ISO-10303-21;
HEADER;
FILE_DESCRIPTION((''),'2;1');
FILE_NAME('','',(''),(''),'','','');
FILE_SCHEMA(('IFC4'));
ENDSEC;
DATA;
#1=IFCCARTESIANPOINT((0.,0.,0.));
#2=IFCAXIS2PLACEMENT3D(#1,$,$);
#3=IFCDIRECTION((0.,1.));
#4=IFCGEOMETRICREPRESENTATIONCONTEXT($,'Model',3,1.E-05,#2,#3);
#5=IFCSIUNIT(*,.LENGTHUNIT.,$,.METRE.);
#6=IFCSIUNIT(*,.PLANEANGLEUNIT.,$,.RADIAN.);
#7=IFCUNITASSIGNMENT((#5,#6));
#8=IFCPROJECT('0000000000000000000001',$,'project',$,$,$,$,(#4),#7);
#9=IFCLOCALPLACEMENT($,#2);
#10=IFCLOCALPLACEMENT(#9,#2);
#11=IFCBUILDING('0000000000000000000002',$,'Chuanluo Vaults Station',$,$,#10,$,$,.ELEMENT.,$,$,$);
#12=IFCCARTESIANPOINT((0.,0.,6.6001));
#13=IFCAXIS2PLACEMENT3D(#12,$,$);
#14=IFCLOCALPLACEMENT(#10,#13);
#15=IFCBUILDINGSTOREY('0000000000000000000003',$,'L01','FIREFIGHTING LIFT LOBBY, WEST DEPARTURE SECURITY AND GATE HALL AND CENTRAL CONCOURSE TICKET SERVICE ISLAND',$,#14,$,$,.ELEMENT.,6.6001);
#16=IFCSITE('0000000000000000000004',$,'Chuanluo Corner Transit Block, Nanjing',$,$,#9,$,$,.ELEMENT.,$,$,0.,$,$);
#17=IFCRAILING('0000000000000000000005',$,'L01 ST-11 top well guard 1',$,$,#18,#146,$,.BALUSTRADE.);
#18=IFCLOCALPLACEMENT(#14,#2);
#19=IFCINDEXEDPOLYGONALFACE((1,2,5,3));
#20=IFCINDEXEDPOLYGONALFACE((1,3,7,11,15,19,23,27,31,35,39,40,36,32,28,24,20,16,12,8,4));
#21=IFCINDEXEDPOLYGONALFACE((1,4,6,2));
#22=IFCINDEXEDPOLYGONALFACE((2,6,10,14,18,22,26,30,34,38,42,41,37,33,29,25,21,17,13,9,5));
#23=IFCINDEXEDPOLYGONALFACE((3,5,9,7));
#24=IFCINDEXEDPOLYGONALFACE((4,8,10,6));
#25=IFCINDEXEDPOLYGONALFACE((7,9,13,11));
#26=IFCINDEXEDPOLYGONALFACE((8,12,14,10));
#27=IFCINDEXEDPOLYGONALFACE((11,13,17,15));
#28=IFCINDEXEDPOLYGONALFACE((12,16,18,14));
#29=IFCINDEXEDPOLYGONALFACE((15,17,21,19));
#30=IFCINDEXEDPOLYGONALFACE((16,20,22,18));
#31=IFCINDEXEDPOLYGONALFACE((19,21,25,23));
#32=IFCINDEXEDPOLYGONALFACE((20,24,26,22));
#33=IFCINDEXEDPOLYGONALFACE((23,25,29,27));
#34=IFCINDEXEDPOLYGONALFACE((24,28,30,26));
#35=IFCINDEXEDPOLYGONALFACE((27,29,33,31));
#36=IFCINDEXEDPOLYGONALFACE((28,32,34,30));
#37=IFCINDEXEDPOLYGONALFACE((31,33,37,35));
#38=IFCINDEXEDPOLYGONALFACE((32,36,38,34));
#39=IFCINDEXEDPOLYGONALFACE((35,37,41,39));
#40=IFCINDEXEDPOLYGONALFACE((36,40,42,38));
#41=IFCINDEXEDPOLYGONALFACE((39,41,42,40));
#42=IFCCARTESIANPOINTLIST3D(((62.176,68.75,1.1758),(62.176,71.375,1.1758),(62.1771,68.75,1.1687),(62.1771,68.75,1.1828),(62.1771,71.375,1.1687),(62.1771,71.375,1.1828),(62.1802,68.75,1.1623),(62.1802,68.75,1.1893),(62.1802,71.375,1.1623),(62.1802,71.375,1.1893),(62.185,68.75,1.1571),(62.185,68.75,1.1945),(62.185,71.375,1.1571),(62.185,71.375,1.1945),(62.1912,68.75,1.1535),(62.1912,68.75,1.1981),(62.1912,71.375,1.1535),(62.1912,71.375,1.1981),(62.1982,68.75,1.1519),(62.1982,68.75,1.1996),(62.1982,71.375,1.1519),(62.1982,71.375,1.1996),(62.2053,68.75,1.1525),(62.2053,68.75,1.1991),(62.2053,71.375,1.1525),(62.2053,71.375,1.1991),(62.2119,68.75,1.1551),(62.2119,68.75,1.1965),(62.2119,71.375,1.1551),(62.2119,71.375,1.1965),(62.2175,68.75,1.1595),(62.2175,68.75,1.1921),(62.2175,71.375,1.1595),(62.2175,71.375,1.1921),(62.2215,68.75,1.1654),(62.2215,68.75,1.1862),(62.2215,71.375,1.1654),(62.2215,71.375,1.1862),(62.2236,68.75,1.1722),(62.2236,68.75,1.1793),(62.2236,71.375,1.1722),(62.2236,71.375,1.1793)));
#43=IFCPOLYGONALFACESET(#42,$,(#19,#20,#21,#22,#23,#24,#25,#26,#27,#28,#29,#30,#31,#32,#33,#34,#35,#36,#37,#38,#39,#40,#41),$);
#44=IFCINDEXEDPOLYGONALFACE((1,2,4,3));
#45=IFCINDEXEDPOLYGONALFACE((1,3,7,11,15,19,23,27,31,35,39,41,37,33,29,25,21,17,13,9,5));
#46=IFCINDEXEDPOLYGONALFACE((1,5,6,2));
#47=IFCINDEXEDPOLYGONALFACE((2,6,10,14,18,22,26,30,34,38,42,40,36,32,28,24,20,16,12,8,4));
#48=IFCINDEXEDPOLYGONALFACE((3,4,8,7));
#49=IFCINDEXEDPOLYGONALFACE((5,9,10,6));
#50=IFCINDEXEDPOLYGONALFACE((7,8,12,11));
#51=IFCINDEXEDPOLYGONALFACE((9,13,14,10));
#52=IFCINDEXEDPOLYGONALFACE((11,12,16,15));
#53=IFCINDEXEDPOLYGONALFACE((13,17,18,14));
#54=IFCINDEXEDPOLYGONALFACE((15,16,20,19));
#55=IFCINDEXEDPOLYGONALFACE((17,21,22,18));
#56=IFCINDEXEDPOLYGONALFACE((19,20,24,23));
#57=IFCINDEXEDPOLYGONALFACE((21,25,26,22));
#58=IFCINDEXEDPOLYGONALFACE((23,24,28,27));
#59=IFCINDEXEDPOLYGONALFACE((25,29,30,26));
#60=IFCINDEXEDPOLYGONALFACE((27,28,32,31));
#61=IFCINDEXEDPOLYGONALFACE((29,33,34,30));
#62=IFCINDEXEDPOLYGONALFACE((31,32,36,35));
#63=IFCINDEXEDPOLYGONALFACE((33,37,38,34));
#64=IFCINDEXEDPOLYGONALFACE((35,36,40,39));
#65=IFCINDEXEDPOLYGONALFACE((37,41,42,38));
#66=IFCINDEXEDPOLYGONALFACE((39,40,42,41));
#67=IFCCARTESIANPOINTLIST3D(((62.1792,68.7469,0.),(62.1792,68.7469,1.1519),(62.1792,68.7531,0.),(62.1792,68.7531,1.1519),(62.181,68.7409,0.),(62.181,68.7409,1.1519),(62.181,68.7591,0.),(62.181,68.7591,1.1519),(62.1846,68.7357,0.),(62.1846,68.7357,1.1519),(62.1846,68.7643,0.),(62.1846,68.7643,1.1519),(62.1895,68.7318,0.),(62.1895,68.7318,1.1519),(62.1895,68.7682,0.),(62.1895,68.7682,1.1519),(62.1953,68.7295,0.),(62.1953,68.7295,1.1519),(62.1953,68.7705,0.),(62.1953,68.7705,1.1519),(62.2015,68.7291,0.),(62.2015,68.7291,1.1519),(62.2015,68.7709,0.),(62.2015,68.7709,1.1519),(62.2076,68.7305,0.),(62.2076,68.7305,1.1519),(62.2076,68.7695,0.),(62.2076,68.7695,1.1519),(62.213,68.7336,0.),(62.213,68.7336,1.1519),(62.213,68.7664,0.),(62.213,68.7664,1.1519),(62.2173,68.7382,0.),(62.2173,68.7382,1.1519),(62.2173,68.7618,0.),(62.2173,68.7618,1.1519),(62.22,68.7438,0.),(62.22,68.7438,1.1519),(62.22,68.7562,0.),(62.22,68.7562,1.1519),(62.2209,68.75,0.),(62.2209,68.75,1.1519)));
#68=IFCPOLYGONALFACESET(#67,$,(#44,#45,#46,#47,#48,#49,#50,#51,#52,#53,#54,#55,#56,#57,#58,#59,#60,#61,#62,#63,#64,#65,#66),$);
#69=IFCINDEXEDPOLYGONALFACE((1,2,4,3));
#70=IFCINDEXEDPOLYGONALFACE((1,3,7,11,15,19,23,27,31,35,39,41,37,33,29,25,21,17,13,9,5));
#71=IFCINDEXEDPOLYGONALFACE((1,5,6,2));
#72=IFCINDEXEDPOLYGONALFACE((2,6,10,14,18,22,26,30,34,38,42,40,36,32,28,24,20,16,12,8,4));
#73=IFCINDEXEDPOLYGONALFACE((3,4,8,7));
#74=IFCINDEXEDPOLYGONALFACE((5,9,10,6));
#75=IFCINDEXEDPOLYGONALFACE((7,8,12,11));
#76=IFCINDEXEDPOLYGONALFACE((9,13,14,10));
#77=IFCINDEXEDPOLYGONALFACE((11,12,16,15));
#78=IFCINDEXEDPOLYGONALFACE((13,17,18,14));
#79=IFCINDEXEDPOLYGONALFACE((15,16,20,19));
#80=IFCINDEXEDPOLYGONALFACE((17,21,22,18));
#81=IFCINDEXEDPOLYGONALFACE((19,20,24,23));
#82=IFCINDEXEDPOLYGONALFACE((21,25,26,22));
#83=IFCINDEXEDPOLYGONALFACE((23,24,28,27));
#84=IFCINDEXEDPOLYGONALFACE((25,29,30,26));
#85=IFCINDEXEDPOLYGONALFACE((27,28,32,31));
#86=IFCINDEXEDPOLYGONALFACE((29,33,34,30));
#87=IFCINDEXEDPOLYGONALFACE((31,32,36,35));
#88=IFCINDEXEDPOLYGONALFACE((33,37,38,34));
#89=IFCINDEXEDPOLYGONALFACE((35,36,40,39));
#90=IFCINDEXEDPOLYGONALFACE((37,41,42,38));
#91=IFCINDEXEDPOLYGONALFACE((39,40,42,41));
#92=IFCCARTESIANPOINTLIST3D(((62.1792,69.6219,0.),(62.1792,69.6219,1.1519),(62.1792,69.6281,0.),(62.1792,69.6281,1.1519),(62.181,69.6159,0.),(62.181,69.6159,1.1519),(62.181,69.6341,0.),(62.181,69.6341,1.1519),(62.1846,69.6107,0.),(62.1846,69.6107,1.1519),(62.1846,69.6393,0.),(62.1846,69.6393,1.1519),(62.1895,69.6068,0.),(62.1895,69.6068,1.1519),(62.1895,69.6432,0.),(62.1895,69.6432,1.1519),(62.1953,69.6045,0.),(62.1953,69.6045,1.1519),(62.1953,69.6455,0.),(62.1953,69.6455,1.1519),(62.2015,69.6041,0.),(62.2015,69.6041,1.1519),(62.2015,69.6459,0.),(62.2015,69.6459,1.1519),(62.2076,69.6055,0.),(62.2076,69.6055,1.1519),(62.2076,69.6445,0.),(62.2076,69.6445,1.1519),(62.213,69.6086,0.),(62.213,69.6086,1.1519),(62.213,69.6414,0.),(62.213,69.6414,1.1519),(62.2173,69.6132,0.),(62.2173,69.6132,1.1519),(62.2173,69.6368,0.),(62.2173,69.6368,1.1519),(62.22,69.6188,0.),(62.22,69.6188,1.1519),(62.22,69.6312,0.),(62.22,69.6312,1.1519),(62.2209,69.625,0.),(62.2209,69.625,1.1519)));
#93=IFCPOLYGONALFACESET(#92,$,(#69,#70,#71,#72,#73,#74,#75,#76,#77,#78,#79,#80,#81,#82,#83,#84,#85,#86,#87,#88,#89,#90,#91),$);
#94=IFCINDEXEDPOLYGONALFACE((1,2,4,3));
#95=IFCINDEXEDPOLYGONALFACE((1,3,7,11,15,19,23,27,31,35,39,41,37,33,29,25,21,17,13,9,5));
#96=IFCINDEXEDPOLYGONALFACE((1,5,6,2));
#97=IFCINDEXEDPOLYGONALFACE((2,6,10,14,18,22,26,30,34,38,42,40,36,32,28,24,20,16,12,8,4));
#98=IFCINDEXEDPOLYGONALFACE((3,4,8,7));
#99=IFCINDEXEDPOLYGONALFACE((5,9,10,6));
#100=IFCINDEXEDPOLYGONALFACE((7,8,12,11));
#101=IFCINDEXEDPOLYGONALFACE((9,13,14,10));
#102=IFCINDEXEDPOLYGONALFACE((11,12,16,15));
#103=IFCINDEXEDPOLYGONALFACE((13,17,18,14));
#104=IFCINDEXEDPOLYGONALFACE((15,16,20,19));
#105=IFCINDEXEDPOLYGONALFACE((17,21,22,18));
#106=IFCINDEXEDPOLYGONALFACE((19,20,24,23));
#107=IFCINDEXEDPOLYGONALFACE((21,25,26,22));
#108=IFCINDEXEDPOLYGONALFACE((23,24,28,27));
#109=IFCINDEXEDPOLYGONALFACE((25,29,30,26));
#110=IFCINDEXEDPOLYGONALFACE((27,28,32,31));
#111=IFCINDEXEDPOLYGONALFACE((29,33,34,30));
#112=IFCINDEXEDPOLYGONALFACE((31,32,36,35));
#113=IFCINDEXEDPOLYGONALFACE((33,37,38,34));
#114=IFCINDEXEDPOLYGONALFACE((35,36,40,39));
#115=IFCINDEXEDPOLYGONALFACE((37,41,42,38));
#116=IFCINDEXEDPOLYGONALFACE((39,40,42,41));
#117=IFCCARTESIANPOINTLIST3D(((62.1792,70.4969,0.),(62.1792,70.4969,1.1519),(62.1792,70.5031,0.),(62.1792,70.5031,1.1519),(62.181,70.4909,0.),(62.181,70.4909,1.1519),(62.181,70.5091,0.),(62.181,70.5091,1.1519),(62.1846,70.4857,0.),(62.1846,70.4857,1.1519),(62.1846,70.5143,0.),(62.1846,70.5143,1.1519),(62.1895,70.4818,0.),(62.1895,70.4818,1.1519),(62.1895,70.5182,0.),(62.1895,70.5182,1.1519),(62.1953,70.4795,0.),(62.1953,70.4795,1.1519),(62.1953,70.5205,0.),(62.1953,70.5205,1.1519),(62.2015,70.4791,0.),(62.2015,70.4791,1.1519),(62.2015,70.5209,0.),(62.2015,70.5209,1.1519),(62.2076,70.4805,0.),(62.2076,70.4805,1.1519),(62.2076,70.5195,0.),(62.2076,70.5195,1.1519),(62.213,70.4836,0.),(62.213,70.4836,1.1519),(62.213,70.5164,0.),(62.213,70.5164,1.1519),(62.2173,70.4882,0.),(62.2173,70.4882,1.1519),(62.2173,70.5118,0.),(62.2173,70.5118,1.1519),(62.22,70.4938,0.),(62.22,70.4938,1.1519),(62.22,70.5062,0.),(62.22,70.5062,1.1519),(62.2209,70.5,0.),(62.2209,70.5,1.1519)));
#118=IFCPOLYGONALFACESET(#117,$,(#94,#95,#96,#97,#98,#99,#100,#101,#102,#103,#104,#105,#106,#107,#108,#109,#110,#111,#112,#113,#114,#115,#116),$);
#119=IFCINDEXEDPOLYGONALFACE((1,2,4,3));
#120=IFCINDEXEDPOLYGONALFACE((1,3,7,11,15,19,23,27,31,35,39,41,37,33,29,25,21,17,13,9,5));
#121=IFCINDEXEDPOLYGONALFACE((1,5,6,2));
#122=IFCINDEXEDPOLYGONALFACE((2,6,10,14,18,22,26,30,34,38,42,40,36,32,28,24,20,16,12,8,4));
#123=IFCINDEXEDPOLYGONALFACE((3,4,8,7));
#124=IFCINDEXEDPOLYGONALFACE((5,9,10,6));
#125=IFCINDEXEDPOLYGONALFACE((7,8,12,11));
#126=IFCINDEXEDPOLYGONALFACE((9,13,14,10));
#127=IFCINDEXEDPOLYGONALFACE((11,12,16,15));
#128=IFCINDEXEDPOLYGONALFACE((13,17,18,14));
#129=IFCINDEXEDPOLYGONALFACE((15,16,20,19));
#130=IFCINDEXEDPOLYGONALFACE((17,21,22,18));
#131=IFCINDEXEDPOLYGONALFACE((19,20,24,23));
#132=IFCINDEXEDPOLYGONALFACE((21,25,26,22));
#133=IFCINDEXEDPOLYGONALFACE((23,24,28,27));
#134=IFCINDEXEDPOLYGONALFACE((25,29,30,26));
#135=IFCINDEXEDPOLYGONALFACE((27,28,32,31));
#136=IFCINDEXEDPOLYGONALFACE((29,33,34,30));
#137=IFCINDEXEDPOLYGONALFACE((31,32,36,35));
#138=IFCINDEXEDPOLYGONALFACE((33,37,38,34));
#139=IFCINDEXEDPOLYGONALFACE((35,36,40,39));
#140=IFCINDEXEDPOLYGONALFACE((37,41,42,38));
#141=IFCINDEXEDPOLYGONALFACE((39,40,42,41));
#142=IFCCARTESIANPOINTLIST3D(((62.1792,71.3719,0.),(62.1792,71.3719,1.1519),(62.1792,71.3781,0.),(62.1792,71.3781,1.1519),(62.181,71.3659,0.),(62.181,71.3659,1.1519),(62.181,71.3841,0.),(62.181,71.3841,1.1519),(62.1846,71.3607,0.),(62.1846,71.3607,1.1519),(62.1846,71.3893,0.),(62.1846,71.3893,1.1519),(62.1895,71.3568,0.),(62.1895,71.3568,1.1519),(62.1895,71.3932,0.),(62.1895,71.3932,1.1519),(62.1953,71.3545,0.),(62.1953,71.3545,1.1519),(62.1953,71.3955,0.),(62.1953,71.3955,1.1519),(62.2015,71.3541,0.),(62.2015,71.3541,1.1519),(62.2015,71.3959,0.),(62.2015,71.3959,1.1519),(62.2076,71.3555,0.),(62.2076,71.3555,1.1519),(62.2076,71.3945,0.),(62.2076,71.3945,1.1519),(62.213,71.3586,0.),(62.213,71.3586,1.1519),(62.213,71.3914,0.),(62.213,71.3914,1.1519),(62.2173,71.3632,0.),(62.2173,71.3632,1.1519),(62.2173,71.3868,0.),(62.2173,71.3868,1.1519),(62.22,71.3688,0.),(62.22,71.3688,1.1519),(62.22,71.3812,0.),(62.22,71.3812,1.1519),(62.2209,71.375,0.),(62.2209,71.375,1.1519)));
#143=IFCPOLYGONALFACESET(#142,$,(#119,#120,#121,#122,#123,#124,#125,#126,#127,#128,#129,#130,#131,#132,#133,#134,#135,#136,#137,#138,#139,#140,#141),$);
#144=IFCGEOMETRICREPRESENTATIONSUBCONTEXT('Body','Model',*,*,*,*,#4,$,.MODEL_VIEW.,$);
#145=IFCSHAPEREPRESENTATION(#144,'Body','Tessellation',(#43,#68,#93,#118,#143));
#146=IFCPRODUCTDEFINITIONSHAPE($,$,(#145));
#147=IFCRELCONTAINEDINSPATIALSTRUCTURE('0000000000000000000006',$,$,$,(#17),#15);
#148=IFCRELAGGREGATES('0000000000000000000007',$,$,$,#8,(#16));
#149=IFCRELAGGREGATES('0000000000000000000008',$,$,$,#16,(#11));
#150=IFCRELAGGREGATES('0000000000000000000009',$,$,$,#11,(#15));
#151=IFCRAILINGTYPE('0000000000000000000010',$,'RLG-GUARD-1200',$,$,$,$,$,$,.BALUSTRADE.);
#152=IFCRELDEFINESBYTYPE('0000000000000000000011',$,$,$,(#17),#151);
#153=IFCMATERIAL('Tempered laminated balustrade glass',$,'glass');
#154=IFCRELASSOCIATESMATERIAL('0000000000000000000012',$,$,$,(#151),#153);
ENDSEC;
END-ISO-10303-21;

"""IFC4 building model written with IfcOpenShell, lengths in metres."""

from ifc_helpers import new_model, si_unit, direction, frame, origin, origin_2d, place, context, subcontext, project, spatial, circle, extrude, material, type_object, element, save


model = new_model("IFC4")

# Units and contexts
model_context = context("Model", 3, precision=1e-05, world=origin(), true_north=direction((0.0, 1.0)))
body_context = subcontext(model_context, "Body", "Model", "MODEL_VIEW")
ifc_project = project(units=[si_unit("LENGTHUNIT", "METRE"), si_unit("PLANEANGLEUNIT", "RADIAN")], contexts=[model_context])

# Site, building, storey
site_placement = place(None, origin())
site = spatial("IfcSite", under=ifc_project, at=site_placement, Name="Chuanluo Corner Transit Block, Nanjing", CompositionType="ELEMENT", RefElevation=0.0)
building_placement = place(site_placement, origin())
building = spatial("IfcBuilding", under=site, at=building_placement, Name="Chuanluo Vaults Station", CompositionType="ELEMENT")
storey_placement = place(building_placement, frame((0.0, 0.0, 6.6001)))
storey = spatial("IfcBuildingStorey", under=building, at=storey_placement, Name="L01", Description="FIREFIGHTING LIFT LOBBY, WEST DEPARTURE SECURITY AND GATE HALL AND CENTRAL CONCOURSE TICKET SERVICE ISLAND", CompositionType="ELEMENT", Elevation=6.6001)

# Railing
ifc_material_1 = material(Name="Tempered laminated balustrade glass", Category="glass")
railing_type = type_object("IfcRailingType", Name="RLG-GUARD-1200", PredefinedType="BALUSTRADE", material=ifc_material_1)
railing_1_placement = place(storey_placement, frame((62.2, 68.75, 0.0)))
element("IfcRailing", 1, at=railing_1_placement, inside=storey, type_object=railing_type, Name="L01 ST-11 top well guard 1", PredefinedType="BALUSTRADE", context=body_context, shape_type="SweptSolid", body=[
    extrude(circle(Radius=0.0239, at=origin_2d()), frame((0.0, 0.0, 1.1758), z_axis=(0.0, 1.0, 0.0), x_axis=(-1.0, 0.0, 0.0)), (0.0, 0.0, 1.0), 2.625),
    extrude(circle(Radius=0.021, at=origin_2d()), origin(), (0.0, 0.0, 1.0), 1.1519),
    extrude(circle(Radius=0.021, at=origin_2d()), frame((0.0, 0.875, 0.0)), (0.0, 0.0, 1.0), 1.1519),
    extrude(circle(Radius=0.021, at=origin_2d()), frame((0.0, 1.75, 0.0)), (0.0, 0.0, 1.0), 1.1519),
    extrude(circle(Radius=0.021, at=origin_2d()), frame((0.0, 2.625, 0.0)), (0.0, 0.0, 1.0), 1.1519),
])

save(model, "model.ifc")
